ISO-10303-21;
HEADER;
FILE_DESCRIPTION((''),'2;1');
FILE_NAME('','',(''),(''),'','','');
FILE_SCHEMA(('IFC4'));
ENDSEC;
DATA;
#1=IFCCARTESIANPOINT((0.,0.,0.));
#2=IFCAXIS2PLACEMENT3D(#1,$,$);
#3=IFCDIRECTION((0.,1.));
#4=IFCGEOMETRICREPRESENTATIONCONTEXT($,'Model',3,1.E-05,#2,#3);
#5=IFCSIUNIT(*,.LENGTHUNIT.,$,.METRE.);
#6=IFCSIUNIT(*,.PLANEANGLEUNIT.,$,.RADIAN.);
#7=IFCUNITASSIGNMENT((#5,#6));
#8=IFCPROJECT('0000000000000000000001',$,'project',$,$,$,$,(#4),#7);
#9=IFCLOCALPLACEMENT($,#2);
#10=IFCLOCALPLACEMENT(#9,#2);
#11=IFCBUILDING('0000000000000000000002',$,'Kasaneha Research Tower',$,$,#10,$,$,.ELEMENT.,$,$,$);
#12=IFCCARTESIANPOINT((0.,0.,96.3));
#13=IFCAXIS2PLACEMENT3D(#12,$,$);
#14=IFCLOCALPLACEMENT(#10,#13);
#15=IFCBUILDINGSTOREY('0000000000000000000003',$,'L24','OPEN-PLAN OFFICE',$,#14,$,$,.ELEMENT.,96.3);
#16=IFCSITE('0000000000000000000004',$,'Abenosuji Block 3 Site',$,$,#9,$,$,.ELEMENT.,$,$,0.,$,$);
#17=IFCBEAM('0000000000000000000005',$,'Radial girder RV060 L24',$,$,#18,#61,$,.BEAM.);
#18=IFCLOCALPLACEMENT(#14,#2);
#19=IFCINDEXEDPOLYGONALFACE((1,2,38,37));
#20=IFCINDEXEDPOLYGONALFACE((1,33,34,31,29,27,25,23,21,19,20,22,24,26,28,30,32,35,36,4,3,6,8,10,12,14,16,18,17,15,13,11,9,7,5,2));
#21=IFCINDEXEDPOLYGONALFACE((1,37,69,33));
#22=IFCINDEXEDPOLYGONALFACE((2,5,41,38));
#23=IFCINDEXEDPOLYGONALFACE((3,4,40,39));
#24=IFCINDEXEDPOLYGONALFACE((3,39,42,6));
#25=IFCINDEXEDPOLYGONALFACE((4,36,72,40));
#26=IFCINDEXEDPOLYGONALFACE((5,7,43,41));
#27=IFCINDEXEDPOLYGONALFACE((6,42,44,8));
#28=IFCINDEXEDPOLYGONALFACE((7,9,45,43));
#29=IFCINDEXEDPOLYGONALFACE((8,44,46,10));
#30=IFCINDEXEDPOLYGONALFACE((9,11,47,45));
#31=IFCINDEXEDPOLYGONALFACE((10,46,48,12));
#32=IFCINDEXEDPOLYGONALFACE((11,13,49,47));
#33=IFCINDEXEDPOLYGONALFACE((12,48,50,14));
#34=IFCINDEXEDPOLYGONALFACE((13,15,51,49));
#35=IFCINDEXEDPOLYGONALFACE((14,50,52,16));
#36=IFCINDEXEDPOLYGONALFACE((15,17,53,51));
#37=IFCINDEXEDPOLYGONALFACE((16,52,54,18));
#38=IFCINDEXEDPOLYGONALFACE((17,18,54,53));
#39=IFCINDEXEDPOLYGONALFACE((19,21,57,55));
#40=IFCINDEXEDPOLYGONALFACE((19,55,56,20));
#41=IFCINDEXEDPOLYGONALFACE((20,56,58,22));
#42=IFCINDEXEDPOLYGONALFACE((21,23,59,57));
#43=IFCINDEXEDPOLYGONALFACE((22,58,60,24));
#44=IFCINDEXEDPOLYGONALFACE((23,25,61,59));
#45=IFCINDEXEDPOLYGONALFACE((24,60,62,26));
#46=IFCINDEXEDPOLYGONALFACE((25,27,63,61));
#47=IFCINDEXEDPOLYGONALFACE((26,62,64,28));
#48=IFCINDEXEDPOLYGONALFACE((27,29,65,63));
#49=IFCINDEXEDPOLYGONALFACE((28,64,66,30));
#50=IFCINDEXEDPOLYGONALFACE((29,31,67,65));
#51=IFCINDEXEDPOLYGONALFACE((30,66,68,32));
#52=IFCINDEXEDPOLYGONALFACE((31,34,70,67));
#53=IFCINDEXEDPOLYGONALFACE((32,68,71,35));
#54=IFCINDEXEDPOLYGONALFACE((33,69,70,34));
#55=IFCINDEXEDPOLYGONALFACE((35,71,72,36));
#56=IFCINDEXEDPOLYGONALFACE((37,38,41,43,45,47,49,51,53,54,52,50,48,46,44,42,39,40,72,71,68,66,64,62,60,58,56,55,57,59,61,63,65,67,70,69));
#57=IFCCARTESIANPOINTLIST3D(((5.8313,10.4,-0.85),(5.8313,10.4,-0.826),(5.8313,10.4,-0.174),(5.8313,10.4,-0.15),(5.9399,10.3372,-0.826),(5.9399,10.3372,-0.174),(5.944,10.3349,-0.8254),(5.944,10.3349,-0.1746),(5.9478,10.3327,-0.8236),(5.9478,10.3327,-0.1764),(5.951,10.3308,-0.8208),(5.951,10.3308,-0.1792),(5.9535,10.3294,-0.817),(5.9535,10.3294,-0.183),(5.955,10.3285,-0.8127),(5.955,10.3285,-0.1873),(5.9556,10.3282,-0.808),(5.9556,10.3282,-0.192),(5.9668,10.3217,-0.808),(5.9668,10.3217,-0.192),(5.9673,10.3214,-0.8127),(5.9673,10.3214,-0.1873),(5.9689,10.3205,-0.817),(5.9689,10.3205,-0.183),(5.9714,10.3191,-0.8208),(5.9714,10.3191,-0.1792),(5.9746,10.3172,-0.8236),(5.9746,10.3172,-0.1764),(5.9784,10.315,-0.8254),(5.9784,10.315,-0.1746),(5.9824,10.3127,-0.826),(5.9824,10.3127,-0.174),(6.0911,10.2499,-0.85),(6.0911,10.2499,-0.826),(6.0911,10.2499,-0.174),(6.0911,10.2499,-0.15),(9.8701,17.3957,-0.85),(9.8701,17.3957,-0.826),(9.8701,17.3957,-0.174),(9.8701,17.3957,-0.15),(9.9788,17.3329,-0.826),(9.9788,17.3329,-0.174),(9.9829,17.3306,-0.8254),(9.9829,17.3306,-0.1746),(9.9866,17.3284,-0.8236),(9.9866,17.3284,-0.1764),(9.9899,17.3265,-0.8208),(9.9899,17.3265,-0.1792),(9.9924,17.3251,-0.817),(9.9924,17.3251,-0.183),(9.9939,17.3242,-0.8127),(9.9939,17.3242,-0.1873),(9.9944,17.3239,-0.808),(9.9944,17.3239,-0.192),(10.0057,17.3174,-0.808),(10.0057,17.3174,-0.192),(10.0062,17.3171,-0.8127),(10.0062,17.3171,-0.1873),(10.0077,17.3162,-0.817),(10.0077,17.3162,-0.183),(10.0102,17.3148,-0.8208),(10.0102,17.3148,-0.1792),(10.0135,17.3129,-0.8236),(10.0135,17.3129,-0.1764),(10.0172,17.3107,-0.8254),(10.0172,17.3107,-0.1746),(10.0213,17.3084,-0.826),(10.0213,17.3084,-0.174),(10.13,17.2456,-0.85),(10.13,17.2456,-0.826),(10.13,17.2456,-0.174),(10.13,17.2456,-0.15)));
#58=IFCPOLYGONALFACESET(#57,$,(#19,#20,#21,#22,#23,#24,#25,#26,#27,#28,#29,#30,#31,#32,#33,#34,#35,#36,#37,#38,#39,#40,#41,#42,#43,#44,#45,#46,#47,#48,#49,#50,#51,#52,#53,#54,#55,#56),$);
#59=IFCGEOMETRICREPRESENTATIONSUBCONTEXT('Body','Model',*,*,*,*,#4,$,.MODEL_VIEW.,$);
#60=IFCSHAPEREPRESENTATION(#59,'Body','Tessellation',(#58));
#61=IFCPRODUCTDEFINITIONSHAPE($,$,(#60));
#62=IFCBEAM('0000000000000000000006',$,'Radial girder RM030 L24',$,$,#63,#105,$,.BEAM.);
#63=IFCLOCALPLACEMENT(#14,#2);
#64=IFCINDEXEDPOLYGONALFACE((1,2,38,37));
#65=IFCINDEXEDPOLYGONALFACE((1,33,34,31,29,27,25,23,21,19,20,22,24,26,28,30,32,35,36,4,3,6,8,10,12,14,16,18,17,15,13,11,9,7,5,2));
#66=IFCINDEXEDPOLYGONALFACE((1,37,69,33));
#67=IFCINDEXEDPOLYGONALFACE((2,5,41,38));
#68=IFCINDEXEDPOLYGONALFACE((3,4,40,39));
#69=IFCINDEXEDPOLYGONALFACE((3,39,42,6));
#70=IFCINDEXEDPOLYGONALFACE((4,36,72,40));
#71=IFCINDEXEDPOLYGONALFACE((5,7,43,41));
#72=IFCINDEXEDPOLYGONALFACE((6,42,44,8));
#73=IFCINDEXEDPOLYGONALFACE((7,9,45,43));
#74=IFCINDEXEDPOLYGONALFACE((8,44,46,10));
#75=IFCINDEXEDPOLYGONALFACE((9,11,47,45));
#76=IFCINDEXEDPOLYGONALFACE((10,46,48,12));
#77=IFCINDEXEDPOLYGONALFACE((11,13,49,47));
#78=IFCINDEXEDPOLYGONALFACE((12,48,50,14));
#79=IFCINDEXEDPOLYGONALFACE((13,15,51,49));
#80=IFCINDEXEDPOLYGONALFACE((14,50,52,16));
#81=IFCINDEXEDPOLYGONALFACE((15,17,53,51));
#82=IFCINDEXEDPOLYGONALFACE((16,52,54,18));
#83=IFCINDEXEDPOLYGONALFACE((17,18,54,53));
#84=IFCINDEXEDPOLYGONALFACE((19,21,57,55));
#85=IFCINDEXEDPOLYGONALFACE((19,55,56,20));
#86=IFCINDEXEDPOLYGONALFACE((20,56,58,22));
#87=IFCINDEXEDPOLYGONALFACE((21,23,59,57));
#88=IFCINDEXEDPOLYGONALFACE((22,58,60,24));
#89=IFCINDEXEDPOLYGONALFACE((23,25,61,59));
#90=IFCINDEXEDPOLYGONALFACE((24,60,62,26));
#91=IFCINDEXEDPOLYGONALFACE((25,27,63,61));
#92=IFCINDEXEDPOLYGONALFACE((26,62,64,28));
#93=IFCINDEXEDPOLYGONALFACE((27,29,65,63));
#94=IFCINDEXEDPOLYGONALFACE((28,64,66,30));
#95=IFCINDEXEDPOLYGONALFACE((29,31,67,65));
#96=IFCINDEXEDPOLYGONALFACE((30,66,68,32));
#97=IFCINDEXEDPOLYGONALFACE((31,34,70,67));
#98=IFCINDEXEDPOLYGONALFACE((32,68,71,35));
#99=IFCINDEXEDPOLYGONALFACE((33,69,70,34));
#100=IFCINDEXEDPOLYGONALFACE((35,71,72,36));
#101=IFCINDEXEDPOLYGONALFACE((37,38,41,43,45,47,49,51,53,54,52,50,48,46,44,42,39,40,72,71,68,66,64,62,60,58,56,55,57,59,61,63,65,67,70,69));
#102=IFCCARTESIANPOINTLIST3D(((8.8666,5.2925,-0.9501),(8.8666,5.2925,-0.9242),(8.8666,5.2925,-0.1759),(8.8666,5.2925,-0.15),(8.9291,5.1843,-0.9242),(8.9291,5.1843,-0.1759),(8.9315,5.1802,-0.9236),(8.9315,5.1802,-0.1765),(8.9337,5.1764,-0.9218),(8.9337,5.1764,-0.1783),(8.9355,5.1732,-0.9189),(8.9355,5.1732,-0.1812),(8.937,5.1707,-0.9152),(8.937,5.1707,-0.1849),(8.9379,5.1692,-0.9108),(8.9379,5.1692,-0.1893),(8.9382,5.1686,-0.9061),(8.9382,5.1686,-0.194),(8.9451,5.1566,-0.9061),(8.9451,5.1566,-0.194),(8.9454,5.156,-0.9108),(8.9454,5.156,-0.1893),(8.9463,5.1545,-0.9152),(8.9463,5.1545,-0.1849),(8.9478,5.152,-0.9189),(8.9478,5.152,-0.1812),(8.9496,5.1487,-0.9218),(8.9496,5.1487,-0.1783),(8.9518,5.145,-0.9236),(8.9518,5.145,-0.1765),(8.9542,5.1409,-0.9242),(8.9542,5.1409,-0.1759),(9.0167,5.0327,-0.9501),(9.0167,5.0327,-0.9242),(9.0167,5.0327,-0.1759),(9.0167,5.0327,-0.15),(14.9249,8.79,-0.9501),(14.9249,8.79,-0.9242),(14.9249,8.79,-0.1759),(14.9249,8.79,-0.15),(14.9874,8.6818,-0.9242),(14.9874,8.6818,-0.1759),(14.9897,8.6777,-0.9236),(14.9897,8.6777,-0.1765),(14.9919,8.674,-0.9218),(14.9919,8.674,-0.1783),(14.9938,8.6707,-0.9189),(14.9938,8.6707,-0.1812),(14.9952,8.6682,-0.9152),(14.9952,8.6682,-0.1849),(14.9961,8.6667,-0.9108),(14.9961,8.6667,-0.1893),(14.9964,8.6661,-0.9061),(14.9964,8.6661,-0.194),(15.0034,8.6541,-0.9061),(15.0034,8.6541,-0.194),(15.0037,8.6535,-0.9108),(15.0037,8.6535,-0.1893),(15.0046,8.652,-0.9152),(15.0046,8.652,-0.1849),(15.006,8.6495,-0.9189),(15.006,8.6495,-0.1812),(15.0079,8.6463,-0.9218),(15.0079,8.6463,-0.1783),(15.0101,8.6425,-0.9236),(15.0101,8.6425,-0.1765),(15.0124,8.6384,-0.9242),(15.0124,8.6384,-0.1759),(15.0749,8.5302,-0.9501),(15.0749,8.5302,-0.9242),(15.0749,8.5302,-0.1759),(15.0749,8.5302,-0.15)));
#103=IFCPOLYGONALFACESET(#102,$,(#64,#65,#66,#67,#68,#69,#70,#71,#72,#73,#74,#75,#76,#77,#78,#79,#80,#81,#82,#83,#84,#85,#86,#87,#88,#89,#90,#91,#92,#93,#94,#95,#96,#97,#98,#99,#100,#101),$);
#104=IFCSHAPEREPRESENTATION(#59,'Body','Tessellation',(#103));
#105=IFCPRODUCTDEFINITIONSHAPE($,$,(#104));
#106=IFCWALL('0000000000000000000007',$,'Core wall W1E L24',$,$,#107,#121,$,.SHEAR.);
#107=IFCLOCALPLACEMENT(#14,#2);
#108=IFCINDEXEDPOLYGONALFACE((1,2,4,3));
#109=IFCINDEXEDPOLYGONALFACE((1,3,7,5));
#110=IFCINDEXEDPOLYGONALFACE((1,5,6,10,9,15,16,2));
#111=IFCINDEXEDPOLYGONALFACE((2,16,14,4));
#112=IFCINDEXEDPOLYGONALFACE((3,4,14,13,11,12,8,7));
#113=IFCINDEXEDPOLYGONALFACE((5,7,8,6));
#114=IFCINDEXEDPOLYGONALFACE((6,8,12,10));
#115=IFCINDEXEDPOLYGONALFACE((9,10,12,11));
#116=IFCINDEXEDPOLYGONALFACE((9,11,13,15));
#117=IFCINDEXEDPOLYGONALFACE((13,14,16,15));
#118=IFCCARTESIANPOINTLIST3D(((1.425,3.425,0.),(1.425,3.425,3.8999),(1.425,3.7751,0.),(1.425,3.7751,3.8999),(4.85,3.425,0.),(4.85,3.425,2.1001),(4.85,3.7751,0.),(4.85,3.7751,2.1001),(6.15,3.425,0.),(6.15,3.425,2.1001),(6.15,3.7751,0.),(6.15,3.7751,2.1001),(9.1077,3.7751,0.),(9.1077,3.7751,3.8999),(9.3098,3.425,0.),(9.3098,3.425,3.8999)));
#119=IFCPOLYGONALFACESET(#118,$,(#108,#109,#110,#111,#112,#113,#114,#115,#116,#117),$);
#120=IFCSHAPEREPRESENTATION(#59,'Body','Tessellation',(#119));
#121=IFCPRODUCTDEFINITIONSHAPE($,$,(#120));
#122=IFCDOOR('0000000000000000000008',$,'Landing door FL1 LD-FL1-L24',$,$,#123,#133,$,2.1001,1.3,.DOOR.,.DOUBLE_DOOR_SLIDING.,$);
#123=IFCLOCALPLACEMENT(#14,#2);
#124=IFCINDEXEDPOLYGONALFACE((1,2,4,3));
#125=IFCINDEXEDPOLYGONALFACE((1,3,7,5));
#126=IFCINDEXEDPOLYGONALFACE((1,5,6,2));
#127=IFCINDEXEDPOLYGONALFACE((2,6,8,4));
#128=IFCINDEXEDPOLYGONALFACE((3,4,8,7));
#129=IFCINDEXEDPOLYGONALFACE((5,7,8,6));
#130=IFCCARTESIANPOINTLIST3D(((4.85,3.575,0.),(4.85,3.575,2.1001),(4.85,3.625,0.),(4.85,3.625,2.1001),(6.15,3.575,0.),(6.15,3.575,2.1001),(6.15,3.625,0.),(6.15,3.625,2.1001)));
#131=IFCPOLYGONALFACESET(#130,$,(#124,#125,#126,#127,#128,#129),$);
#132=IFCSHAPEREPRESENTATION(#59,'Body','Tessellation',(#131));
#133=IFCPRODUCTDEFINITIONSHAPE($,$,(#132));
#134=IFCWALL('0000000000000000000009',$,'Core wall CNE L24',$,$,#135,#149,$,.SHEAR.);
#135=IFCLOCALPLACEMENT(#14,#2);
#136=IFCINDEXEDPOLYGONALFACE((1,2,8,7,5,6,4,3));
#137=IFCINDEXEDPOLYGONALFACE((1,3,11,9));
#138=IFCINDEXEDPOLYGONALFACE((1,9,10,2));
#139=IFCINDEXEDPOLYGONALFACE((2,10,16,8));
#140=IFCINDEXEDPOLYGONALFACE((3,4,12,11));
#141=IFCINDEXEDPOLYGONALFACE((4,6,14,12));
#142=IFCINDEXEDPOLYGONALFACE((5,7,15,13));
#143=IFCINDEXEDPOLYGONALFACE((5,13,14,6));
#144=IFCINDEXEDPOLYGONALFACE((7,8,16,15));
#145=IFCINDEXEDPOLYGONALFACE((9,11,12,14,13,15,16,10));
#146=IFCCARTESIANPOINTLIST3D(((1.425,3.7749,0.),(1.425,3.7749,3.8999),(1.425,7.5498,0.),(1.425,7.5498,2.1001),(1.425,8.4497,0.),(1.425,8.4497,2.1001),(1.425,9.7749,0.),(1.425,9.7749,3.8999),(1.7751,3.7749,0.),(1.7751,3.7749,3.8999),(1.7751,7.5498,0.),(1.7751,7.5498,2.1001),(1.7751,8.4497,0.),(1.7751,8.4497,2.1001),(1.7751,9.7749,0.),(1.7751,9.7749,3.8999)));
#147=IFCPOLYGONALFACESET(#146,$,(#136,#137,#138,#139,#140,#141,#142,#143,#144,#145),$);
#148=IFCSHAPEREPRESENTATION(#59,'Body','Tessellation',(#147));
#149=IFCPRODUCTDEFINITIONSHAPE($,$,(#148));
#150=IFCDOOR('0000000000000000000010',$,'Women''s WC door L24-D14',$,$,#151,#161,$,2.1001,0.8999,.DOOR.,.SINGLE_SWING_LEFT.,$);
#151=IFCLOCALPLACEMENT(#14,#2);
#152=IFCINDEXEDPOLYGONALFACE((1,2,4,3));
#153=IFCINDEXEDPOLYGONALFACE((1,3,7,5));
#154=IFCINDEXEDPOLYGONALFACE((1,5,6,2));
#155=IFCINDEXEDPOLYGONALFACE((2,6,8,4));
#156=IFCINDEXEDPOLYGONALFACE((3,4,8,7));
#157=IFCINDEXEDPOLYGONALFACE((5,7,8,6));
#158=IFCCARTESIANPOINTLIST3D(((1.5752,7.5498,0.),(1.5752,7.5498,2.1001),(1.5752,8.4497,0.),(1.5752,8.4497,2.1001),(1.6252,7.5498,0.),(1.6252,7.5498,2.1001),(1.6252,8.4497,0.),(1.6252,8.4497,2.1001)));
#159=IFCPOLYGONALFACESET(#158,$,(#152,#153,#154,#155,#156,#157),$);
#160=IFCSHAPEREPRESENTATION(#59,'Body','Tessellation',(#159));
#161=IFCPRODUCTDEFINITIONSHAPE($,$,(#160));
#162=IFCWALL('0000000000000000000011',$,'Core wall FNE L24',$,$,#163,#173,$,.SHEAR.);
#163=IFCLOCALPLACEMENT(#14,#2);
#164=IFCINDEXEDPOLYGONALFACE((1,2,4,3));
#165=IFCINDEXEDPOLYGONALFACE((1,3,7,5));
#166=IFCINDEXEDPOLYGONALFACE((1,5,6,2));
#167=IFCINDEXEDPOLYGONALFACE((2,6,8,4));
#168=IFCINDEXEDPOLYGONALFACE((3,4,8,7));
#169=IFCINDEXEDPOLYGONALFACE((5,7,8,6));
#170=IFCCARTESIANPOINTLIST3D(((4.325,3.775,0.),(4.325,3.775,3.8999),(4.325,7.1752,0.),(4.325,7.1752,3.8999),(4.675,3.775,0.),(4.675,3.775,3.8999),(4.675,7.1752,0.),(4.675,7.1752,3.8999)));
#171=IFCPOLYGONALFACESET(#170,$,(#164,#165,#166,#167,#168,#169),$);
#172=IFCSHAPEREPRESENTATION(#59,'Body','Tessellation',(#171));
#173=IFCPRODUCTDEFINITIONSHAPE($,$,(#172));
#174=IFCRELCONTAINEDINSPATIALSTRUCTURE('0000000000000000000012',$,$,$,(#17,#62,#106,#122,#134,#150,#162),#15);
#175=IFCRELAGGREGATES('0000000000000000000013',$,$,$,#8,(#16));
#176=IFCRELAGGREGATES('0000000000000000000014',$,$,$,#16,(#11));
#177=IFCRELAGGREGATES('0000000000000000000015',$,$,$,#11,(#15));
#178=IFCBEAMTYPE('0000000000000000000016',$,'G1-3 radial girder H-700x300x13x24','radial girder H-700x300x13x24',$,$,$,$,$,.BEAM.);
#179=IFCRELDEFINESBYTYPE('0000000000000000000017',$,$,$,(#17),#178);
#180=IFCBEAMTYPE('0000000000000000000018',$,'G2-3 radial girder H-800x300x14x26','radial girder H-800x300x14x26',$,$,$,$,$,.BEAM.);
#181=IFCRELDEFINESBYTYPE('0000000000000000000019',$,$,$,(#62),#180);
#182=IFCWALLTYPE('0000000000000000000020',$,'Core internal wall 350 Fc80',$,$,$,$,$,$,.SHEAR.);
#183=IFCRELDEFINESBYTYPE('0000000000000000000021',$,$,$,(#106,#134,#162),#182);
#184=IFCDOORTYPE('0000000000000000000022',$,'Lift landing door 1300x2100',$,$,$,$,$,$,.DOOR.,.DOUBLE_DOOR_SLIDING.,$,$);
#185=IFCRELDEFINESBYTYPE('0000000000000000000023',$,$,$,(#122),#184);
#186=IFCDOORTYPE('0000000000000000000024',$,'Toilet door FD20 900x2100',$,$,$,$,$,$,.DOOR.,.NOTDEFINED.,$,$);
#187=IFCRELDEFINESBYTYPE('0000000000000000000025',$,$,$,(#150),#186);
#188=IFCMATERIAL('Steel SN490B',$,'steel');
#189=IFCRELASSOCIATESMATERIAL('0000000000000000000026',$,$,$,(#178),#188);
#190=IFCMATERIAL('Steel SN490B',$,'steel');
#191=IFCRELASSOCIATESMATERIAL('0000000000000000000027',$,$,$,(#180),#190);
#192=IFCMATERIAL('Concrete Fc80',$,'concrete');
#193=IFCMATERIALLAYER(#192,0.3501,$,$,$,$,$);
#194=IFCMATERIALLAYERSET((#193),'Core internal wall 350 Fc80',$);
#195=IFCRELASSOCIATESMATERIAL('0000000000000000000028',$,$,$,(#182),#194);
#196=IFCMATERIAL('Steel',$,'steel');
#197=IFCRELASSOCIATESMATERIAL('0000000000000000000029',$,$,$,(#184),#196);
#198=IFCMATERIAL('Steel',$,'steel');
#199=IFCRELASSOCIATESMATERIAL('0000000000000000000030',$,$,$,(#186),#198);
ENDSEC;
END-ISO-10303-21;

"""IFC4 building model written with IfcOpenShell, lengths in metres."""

from ifc_helpers import new_model, si_unit, direction, frame, frame_2d, origin, origin_2d, place, context, subcontext, project, spatial, polyline, rectangle, i_section, outline, extrude, material, layer, layer_set, material_profile, profile_set, type_object, element, fill, save


model = new_model("IFC4")

# Units and contexts
model_context = context("Model", 3, precision=1e-05, world=origin(), true_north=direction((0.0, 1.0)))
body_context = subcontext(model_context, "Body", "Model", "MODEL_VIEW")
ifc_project = project(units=[si_unit("LENGTHUNIT", "METRE"), si_unit("PLANEANGLEUNIT", "RADIAN")], contexts=[model_context])

# Site, building, storey
site_placement = place(None, origin())
site = spatial("IfcSite", under=ifc_project, at=site_placement, Name="Abenosuji Block 3 Site", CompositionType="ELEMENT", RefElevation=0.0)
building_placement = place(site_placement, origin())
building = spatial("IfcBuilding", under=site, at=building_placement, Name="Kasaneha Research Tower", CompositionType="ELEMENT")
storey_placement = place(building_placement, frame((0.0, 0.0, 96.3)))
storey = spatial("IfcBuildingStorey", under=building, at=storey_placement, Name="L24", Description="OPEN-PLAN OFFICE", CompositionType="ELEMENT", Elevation=96.3)

# Beams
ifc_material_1 = material(Name="Steel SN490B", Category="steel")
ifc_material_profile_1 = material_profile(ifc_material_1, i_section(OverallWidth=0.3, OverallDepth=0.7, WebThickness=0.0129, FlangeThickness=0.0239, FilletRadius=0.0181, at=origin_2d()), Name="H-700x300x13x24")
ifc_profile_set_1 = profile_set([ifc_material_profile_1], Name="Steel SN490B")
beam_type_1 = type_object("IfcBeamType", Name="G1-3 radial girder H-700x300x13x24", Description="radial girder H-700x300x13x24", PredefinedType="BEAM", material=ifc_profile_set_1)
beam_1_placement = place(storey_placement, frame((5.9612, 10.325, -0.5), z_axis=(0.499991, 0.866031, 0.0), x_axis=(-0.866031, 0.499991, 0.0)))
element("IfcBeam", 1, at=beam_1_placement, inside=storey, type_object=beam_type_1, Name="Radial girder RV060 L24", PredefinedType="BEAM", context=body_context, shape_type="SweptSolid", body=[
    extrude(i_section(OverallWidth=0.3, OverallDepth=0.7, WebThickness=0.0129, FlangeThickness=0.0239, FilletRadius=0.0181, at=origin_2d()), origin(), (0.0, 0.0, 1.0), 8.0779),
])
ifc_material_2 = material(Name="Steel SN490B", Category="steel")
ifc_material_profile_2 = material_profile(ifc_material_2, i_section(OverallWidth=0.3, OverallDepth=0.8, WebThickness=0.0139, FlangeThickness=0.0259, FilletRadius=0.0181, at=origin_2d()), Name="H-800x300x14x26")
ifc_profile_set_2 = profile_set([ifc_material_profile_2], Name="Steel SN490B")
beam_type_2 = type_object("IfcBeamType", Name="G2-3 radial girder H-800x300x14x26", Description="radial girder H-800x300x14x26", PredefinedType="BEAM", material=ifc_profile_set_2)
beam_2_placement = place(storey_placement, frame((8.9417, 5.1626, -0.55), z_axis=(0.86604, 0.499975, 0.0), x_axis=(-0.499975, 0.86604, 0.0)))
element("IfcBeam", 2, at=beam_2_placement, inside=storey, type_object=beam_type_2, Name="Radial girder RM030 L24", PredefinedType="BEAM", context=body_context, shape_type="SweptSolid", body=[
    extrude(i_section(OverallWidth=0.3, OverallDepth=0.8, WebThickness=0.0139, FlangeThickness=0.0259, FilletRadius=0.0181, at=origin_2d()), origin(), (0.0, 0.0, 1.0), 6.9954),
])

# Walls, openings, doors
ifc_material_3 = material(Name="Concrete Fc80", Category="concrete")
ifc_layer_1 = layer(ifc_material_3, 0.3501)
ifc_layer_set_1 = layer_set([ifc_layer_1], Name="Core internal wall 350 Fc80")
wall_type_1 = type_object("IfcWallType", Name="Core internal wall 350 Fc80", PredefinedType="SHEAR", material=ifc_layer_set_1)
wall_1_placement = place(storey_placement, frame((1.425, 3.6001, 0.0), z_axis=(0.0, 0.0, 1.0), x_axis=(1.0, 0.0, 0.0)))
wall_1 = element("IfcWall", 3, at=wall_1_placement, inside=storey, type_object=wall_type_1, Name="Core wall W1E L24", PredefinedType="SHEAR", context=body_context, shape_type="SweptSolid", body=[
    extrude(outline(polyline([(0.0, -0.175), (3.425, -0.175), (4.7251, -0.175), (7.8848, -0.175), (7.6826, 0.175), (4.7251, 0.175), (3.425, 0.175), (0.0, 0.175), (0.0, -0.175)])), origin(), (0.0, 0.0, 1.0), 3.8999),
])
opening_1_placement = place(wall_1_placement, frame((3.425, 0.0, 0.0)))
opening_1 = element("IfcOpeningElement", 4, at=opening_1_placement, cuts=wall_1, PredefinedType="OPENING", context=body_context, shape_type="SweptSolid", body=[
    extrude(rectangle(XDim=1.3, YDim=2.1001, at=frame_2d((0.6499, 1.05))), frame((0.0, 0.1851, 0.0), z_axis=(0.0, -1.0, 0.0), x_axis=(1.0, 0.0, 0.0)), (0.0, 0.0, 1.0), 0.3701),
])
ifc_material_4 = material(Name="Steel", Category="steel")
door_type_1 = type_object("IfcDoorType", Name="Lift landing door 1300x2100", OperationType="DOUBLE_DOOR_SLIDING", PredefinedType="DOOR", material=ifc_material_4)
door_1_placement = place(opening_1_placement, origin())
door_1 = element("IfcDoor", 5, at=door_1_placement, inside=storey, type_object=door_type_1, Name="Landing door FL1 LD-FL1-L24", OperationType="DOUBLE_DOOR_SLIDING", OverallHeight=2.1001, OverallWidth=1.3, PredefinedType="DOOR", context=body_context, shape_type="SweptSolid", body=[
    extrude(rectangle(XDim=1.3, YDim=2.1001, at=frame_2d((0.6499, 1.05))), frame((0.0, 0.0249, 0.0), z_axis=(0.0, -1.0, 0.0), x_axis=(1.0, 0.0, 0.0)), (0.0, 0.0, 1.0), 0.05),
])
fill(opening_1, door_1)
wall_2_placement = place(storey_placement, frame((1.6001, 3.7749, 0.0), z_axis=(0.0, 0.0, 1.0), x_axis=(0.0, 1.0, 0.0)))
wall_2 = element("IfcWall", 6, at=wall_2_placement, inside=storey, type_object=wall_type_1, Name="Core wall CNE L24", PredefinedType="SHEAR", context=body_context, shape_type="SweptSolid", body=[
    extrude(rectangle(XDim=6.0, YDim=0.3501, at=frame_2d((3.0, 0.0))), origin(), (0.0, 0.0, 1.0), 3.8999),
])
opening_2_placement = place(wall_2_placement, frame((3.7749, 0.0, 0.0)))
opening_2 = element("IfcOpeningElement", 7, at=opening_2_placement, cuts=wall_2, PredefinedType="OPENING", context=body_context, shape_type="SweptSolid", body=[
    extrude(rectangle(XDim=0.8999, YDim=2.1001, at=frame_2d((0.45, 1.05))), frame((0.0, 0.1851, 0.0), z_axis=(0.0, -1.0, 0.0), x_axis=(1.0, 0.0, 0.0)), (0.0, 0.0, 1.0), 0.3701),
])
ifc_material_5 = material(Name="Steel", Category="steel")
door_type_2 = type_object("IfcDoorType", Name="Toilet door FD20 900x2100", OperationType="NOTDEFINED", PredefinedType="DOOR", material=ifc_material_5)
door_2_placement = place(opening_2_placement, origin())
door_2 = element("IfcDoor", 8, at=door_2_placement, inside=storey, type_object=door_type_2, Name="Women's WC door L24-D14", OperationType="SINGLE_SWING_LEFT", OverallHeight=2.1001, OverallWidth=0.8999, PredefinedType="DOOR", context=body_context, shape_type="SweptSolid", body=[
    extrude(rectangle(XDim=0.8999, YDim=2.1001, at=frame_2d((0.45, 1.05))), frame((0.0, 0.0249, 0.0), z_axis=(0.0, -1.0, 0.0), x_axis=(1.0, 0.0, 0.0)), (0.0, 0.0, 1.0), 0.05),
])
fill(opening_2, door_2)

# Wall
wall_3_placement = place(storey_placement, frame((4.5, 3.7749, 0.0), z_axis=(0.0, 0.0, 1.0), x_axis=(0.0, 1.0, 0.0)))
element("IfcWall", 9, at=wall_3_placement, inside=storey, type_object=wall_type_1, Name="Core wall FNE L24", PredefinedType="SHEAR", context=body_context, shape_type="SweptSolid", body=[
    extrude(rectangle(XDim=3.4001, YDim=0.3501, at=frame_2d((1.7002, 0.0))), origin(), (0.0, 0.0, 1.0), 3.8999),
])

save(model, "model.ifc")
